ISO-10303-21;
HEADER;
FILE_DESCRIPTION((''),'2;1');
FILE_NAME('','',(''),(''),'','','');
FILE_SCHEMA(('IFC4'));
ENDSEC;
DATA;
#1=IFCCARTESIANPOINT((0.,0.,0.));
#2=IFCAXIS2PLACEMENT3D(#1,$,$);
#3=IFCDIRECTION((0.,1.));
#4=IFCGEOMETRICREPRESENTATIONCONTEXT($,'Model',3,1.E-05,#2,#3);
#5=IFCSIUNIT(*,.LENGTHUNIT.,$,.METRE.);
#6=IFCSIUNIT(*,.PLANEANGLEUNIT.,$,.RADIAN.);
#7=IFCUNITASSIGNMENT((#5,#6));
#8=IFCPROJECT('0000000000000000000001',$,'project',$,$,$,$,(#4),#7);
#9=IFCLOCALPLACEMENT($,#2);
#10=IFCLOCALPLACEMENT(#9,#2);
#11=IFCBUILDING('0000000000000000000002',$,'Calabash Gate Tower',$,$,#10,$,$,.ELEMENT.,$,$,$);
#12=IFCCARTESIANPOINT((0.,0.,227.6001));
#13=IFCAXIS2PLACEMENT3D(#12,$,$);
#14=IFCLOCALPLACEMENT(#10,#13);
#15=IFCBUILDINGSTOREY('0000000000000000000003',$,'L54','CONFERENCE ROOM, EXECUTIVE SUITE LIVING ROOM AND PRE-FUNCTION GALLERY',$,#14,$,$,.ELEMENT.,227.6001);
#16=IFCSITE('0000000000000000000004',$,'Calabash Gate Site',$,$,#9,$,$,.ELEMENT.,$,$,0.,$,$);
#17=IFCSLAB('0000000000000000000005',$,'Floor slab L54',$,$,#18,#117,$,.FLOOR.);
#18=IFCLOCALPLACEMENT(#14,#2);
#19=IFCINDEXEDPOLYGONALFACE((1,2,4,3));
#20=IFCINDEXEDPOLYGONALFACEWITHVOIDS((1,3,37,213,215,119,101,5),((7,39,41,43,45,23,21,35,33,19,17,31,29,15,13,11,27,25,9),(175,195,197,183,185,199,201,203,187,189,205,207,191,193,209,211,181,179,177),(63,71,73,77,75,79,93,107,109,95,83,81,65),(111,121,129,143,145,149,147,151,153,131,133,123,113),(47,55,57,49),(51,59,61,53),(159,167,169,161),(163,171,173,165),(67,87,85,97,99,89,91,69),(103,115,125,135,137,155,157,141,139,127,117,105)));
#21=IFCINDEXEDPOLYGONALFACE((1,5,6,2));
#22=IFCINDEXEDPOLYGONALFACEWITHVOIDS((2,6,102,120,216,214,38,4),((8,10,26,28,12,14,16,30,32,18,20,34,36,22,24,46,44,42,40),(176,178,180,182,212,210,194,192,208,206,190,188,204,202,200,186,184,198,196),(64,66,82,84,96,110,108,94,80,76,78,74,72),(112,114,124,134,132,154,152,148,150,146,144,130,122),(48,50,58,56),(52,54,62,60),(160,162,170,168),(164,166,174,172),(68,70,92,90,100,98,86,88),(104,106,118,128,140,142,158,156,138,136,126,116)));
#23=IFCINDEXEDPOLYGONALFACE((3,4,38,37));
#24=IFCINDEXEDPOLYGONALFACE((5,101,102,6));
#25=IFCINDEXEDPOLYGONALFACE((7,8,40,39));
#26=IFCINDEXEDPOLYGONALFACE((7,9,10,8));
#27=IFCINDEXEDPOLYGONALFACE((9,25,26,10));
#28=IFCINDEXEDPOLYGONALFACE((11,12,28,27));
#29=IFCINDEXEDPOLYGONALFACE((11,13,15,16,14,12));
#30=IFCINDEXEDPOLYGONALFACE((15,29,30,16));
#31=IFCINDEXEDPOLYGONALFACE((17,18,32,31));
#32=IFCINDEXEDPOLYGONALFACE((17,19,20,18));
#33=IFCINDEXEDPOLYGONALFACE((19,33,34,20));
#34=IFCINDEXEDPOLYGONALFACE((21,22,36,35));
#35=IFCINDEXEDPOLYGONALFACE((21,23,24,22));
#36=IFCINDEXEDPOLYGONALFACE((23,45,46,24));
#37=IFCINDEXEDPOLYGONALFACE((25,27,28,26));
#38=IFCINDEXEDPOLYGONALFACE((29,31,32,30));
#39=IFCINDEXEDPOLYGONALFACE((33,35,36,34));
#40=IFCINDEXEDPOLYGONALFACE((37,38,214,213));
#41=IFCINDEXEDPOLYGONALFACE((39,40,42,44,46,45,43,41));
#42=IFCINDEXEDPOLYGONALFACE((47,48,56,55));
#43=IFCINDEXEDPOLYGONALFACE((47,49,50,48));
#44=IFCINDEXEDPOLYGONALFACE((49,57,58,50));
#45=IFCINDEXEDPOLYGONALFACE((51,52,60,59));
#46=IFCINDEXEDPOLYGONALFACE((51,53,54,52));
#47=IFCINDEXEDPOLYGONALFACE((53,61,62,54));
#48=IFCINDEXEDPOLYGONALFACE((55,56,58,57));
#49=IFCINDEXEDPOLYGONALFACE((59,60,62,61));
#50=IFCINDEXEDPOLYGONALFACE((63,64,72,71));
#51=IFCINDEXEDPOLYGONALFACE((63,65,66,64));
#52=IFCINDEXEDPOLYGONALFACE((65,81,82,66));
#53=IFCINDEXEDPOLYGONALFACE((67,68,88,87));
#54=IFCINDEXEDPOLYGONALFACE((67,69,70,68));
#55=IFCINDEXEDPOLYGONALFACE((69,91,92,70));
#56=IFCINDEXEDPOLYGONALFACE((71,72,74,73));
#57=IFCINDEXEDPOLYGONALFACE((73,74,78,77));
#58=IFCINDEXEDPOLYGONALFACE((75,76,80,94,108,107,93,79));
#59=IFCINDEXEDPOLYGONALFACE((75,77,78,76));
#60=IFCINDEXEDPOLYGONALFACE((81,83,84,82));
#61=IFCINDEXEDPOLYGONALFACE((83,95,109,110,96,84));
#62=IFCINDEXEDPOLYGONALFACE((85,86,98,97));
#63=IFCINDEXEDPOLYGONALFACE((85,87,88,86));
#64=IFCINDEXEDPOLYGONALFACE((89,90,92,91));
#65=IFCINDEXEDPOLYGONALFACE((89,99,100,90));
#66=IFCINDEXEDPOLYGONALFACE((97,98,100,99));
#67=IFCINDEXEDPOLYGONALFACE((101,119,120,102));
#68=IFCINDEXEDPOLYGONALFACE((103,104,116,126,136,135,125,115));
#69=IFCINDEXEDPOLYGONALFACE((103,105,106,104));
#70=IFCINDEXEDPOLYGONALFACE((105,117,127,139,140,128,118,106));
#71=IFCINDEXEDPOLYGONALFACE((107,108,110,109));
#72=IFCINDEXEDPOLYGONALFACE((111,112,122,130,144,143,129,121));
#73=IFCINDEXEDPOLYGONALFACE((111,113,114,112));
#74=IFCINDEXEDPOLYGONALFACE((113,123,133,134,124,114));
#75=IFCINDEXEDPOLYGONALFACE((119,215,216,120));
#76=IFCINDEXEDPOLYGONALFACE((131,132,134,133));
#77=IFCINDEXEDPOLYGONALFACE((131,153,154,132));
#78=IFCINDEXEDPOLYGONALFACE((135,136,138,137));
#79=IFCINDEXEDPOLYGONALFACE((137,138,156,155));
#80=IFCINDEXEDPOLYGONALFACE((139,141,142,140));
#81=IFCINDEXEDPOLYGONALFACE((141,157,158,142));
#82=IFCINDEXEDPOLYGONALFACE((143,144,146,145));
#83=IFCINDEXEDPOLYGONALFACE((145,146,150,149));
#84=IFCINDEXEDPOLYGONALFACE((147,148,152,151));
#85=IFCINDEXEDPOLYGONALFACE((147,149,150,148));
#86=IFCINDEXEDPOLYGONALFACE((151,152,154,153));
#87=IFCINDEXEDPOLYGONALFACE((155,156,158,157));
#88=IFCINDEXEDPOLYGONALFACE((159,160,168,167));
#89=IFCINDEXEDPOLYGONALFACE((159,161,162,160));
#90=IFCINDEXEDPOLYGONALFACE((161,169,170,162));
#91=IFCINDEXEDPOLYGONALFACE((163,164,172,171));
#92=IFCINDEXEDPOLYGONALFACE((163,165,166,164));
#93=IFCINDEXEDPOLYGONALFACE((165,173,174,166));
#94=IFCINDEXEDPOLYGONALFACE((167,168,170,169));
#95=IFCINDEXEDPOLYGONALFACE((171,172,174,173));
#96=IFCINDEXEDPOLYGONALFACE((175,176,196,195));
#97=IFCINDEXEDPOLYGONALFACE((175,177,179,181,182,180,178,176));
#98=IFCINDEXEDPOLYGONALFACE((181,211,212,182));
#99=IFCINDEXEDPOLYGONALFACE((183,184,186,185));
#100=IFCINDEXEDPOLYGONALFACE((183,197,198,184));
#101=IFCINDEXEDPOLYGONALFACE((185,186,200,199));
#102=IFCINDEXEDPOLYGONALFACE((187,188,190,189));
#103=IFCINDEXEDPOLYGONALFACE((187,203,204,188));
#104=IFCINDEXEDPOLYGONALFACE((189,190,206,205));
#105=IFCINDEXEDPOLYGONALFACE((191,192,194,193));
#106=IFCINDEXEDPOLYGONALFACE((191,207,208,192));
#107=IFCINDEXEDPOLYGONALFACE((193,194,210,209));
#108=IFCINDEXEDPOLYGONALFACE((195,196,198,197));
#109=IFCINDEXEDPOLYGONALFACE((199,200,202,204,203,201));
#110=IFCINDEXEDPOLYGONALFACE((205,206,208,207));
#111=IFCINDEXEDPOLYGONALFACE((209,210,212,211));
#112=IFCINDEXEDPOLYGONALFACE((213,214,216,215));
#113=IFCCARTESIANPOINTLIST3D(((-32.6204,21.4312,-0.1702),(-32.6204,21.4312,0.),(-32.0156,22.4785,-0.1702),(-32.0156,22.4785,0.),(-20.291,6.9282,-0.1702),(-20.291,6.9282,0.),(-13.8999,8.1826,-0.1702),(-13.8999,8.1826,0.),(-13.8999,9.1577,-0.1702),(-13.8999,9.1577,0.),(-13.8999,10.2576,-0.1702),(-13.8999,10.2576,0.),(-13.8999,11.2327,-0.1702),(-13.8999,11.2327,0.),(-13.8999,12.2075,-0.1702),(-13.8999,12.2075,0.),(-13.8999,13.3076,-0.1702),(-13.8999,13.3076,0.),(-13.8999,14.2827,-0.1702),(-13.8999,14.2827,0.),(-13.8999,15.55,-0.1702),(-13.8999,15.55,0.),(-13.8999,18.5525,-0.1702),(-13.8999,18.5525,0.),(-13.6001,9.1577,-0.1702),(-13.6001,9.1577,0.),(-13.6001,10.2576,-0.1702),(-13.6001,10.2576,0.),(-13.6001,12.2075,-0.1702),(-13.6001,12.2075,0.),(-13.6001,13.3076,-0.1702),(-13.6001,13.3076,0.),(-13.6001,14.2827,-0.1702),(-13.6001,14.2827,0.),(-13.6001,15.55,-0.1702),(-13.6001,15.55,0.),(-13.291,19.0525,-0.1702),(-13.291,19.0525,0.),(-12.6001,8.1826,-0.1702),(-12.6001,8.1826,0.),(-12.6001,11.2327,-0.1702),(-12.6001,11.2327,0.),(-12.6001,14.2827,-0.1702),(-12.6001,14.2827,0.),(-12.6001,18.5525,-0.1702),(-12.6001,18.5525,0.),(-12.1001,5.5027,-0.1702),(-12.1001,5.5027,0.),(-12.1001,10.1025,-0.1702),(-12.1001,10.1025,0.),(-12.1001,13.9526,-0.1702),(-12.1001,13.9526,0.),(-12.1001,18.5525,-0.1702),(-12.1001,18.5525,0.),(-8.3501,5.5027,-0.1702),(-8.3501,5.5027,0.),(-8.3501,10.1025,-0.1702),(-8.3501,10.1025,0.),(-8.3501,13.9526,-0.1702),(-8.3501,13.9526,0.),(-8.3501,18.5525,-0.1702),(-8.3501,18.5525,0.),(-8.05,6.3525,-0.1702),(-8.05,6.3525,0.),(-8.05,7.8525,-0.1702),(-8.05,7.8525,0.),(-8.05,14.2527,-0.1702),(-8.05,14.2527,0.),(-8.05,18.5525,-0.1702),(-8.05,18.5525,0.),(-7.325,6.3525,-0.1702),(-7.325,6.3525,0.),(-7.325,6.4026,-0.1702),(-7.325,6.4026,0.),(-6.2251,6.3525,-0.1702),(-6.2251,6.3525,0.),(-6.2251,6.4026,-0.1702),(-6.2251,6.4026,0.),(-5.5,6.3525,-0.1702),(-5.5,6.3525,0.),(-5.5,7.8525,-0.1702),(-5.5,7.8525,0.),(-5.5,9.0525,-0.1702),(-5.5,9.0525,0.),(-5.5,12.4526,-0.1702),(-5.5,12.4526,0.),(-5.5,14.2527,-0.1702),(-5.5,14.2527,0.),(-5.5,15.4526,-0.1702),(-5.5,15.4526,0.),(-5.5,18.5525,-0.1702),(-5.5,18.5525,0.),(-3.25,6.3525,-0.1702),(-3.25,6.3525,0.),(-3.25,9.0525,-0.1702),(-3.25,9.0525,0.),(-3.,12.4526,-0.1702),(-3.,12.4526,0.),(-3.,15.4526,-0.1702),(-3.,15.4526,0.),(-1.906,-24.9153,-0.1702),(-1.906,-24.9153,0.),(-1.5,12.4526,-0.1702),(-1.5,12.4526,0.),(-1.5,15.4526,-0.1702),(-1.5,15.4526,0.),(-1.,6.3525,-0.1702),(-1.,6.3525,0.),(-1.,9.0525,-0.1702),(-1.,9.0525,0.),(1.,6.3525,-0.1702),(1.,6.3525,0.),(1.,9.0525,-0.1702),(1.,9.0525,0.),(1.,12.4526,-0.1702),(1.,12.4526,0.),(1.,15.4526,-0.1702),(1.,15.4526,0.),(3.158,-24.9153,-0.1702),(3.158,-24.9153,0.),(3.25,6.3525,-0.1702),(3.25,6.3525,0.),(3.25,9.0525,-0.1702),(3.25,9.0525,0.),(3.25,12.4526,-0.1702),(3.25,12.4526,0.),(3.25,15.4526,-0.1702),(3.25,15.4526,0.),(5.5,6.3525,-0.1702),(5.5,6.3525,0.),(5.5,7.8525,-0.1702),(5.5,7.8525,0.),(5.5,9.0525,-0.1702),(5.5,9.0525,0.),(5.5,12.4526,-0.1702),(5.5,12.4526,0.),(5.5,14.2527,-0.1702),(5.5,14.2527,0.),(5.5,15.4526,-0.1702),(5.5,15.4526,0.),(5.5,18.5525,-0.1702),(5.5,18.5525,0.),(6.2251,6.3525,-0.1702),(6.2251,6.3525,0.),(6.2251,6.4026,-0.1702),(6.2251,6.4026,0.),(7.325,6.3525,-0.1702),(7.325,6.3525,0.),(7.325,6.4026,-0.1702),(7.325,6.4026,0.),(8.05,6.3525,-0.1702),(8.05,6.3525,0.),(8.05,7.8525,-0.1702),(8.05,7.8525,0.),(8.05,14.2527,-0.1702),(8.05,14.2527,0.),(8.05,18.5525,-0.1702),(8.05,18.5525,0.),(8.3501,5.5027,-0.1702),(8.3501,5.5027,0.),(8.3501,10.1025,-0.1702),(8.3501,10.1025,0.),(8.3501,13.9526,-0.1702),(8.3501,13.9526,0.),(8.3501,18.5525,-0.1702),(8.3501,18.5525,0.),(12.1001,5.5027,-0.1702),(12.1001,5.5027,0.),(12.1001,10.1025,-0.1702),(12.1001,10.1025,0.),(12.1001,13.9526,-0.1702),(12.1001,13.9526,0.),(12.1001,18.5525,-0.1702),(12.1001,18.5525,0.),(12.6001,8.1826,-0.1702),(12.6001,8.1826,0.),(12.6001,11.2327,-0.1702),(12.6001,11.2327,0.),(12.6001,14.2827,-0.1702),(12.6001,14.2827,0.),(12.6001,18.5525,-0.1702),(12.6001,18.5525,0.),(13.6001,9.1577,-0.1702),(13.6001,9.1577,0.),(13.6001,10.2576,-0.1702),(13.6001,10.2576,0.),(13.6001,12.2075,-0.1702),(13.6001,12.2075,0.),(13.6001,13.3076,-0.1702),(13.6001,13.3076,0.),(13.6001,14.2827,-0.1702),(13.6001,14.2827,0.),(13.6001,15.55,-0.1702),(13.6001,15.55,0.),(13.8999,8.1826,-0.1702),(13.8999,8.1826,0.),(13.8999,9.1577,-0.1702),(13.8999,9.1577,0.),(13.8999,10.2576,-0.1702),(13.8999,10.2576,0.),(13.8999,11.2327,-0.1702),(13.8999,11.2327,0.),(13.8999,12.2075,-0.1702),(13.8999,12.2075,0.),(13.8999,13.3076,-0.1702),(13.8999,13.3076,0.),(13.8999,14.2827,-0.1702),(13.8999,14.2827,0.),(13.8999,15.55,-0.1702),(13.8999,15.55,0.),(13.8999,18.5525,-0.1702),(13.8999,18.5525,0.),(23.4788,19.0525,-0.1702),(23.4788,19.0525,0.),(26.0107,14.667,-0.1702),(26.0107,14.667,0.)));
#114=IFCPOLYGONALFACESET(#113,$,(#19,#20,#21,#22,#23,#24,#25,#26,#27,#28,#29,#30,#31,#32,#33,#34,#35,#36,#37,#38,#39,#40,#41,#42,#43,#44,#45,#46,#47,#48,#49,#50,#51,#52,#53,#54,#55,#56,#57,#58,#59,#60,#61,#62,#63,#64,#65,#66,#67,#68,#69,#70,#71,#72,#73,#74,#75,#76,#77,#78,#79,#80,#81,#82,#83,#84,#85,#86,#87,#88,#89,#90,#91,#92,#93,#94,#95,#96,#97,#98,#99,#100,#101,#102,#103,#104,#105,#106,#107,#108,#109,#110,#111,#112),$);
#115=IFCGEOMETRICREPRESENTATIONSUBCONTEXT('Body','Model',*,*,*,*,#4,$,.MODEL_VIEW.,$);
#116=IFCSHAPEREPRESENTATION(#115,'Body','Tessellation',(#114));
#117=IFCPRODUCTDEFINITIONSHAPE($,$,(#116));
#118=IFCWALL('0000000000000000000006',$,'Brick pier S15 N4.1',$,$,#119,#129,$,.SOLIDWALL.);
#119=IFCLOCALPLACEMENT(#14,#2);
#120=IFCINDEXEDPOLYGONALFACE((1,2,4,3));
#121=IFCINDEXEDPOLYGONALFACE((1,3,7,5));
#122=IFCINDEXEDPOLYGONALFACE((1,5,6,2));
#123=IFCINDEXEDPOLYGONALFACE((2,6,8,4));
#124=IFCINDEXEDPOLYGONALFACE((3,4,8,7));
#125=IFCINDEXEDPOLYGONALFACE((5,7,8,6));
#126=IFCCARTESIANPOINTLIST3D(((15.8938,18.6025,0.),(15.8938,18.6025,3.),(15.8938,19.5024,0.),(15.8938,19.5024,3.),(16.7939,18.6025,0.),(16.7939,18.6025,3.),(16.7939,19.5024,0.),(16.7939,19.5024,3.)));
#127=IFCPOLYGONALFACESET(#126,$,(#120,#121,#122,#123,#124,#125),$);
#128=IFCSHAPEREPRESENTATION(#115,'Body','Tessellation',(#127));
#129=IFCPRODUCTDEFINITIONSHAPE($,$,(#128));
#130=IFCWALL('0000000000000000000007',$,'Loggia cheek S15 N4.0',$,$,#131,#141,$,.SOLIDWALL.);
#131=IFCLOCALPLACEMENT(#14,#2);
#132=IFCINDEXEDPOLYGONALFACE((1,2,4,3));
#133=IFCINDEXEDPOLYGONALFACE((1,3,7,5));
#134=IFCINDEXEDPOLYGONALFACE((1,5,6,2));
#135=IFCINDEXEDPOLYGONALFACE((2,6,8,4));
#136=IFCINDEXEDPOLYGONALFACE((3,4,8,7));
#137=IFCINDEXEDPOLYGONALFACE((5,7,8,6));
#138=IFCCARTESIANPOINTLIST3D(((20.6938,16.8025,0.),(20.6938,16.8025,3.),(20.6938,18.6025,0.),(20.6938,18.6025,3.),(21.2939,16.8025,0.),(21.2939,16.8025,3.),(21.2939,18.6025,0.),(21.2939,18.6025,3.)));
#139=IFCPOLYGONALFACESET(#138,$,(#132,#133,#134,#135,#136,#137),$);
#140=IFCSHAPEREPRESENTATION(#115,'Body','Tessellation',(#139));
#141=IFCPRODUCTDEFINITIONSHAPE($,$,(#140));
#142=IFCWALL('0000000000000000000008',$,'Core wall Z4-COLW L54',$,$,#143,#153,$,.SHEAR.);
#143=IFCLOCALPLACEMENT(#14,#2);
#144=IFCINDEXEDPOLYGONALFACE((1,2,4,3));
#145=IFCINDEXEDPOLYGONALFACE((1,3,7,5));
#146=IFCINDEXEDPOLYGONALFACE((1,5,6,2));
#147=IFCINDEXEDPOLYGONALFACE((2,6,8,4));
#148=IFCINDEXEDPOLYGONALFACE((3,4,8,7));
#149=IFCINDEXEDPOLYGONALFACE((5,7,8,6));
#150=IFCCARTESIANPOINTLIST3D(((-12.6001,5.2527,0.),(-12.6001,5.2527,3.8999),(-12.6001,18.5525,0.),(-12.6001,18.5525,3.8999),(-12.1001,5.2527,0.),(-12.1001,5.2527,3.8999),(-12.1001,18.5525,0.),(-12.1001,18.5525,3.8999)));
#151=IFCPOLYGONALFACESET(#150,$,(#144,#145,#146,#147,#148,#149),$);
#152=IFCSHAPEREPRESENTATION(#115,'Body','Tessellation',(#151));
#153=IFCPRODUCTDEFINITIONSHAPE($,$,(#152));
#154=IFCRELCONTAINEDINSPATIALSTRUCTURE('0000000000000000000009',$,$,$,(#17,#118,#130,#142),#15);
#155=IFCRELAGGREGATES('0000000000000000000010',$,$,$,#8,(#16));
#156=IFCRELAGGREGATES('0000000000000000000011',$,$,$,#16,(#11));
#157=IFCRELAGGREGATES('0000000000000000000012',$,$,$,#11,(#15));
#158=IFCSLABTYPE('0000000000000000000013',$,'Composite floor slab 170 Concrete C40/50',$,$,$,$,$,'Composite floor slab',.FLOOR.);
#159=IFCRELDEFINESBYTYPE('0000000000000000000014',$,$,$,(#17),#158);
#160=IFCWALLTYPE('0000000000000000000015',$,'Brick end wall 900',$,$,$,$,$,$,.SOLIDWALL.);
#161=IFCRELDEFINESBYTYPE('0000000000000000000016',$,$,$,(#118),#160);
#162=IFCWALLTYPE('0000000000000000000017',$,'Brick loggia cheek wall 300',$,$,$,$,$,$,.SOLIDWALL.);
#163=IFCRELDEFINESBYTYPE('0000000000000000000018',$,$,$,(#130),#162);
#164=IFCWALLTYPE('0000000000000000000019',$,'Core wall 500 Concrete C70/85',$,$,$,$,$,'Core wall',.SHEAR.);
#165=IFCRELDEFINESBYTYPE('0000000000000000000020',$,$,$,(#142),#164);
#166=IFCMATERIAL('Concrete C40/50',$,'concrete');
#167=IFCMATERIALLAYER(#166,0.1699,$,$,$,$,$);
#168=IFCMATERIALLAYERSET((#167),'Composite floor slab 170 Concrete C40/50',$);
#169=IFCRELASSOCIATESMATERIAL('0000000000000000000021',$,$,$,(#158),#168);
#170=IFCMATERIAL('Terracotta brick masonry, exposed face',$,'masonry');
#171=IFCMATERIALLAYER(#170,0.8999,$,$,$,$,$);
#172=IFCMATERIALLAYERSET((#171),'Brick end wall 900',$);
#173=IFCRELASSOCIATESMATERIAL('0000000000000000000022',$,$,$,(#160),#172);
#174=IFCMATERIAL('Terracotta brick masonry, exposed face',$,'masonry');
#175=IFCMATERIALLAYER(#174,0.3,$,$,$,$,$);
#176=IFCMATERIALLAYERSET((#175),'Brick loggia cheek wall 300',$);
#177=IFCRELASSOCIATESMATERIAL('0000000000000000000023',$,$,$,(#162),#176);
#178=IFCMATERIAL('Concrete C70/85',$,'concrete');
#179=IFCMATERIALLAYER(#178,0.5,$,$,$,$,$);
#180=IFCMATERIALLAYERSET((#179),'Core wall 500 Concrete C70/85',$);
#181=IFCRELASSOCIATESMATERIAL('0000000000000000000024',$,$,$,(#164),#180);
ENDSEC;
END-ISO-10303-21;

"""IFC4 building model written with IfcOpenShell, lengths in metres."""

from ifc_helpers import new_model, si_unit, direction, frame, frame_2d, origin, place, context, subcontext, project, spatial, polyline, rectangle, outline, extrude, material, layer, layer_set, type_object, element, save


model = new_model("IFC4")

# Units and contexts
model_context = context("Model", 3, precision=1e-05, world=origin(), true_north=direction((0.0, 1.0)))
body_context = subcontext(model_context, "Body", "Model", "MODEL_VIEW")
ifc_project = project(units=[si_unit("LENGTHUNIT", "METRE"), si_unit("PLANEANGLEUNIT", "RADIAN")], contexts=[model_context])

# Site, building, storey
site_placement = place(None, origin())
site = spatial("IfcSite", under=ifc_project, at=site_placement, Name="Calabash Gate Site", CompositionType="ELEMENT", RefElevation=0.0)
building_placement = place(site_placement, origin())
building = spatial("IfcBuilding", under=site, at=building_placement, Name="Calabash Gate Tower", CompositionType="ELEMENT")
storey_placement = place(building_placement, frame((0.0, 0.0, 227.6001)))
storey = spatial("IfcBuildingStorey", under=building, at=storey_placement, Name="L54", Description="CONFERENCE ROOM, EXECUTIVE SUITE LIVING ROOM AND PRE-FUNCTION GALLERY", CompositionType="ELEMENT", Elevation=227.6001)

# Slab
ifc_material_1 = material(Name="Concrete C40/50", Category="concrete")
ifc_layer_1 = layer(ifc_material_1, 0.1699)
ifc_layer_set_1 = layer_set([ifc_layer_1], Name="Composite floor slab 170 Concrete C40/50")
slab_type = type_object("IfcSlabType", Name="Composite floor slab 170 Concrete C40/50", ElementType="Composite floor slab", PredefinedType="FLOOR", material=ifc_layer_set_1)
slab_placement = place(storey_placement, frame((0.0, 0.0, -0.1702)))
element("IfcSlab", 1, at=slab_placement, inside=storey, type_object=slab_type, Name="Floor slab L54", PredefinedType="FLOOR", context=body_context, shape_type="SweptSolid", body=[
    extrude(outline(polyline([(3.158, -24.9153), (-1.906, -24.9153), (-20.291, 6.9282), (-32.6204, 21.4312), (-32.0156, 22.4785), (-13.291, 19.0525), (23.4788, 19.0525), (26.0107, 14.667), (3.158, -24.9153)]), holes=[polyline([(-7.325, 6.3525), (-7.325, 6.4026), (-6.2251, 6.4026), (-6.2251, 6.3525), (-5.5, 6.3525), (-3.25, 6.3525), (-1.0, 6.3525), (-1.0, 9.0525), (-3.25, 9.0525), (-5.5, 9.0525), (-5.5, 7.8525), (-8.05, 7.8525), (-8.05, 6.3525), (-7.325, 6.3525)]), polyline([(8.05, 6.3525), (8.05, 7.8525), (5.5, 7.8525), (5.5, 9.0525), (3.25, 9.0525), (1.0, 9.0525), (1.0, 6.3525), (3.25, 6.3525), (5.5, 6.3525), (6.2251, 6.3525), (6.2251, 6.4026), (7.325, 6.4026), (7.325, 6.3525), (8.05, 6.3525)]), polyline([(-8.05, 18.5525), (-8.05, 14.2527), (-5.5, 14.2527), (-5.5, 12.4526), (-3.0, 12.4526), (-3.0, 15.4526), (-5.5, 15.4526), (-5.5, 18.5525), (-8.05, 18.5525)]), polyline([(5.5, 14.2527), (8.05, 14.2527), (8.05, 18.5525), (5.5, 18.5525), (5.5, 15.4526), (3.25, 15.4526), (1.0, 15.4526), (-1.5, 15.4526), (-1.5, 12.4526), (1.0, 12.4526), (3.25, 12.4526), (5.5, 12.4526), (5.5, 14.2527)]), polyline([(-12.1001, 13.9526), (-8.3501, 13.9526), (-8.3501, 18.5525), (-12.1001, 18.5525), (-12.1001, 13.9526)]), polyline([(-8.3501, 5.5027), (-8.3501, 10.1025), (-12.1001, 10.1025), (-12.1001, 5.5027), (-8.3501, 5.5027)]), polyline([(12.1001, 18.5525), (8.3501, 18.5525), (8.3501, 13.9526), (12.1001, 13.9526), (12.1001, 18.5525)]), polyline([(8.3501, 10.1025), (8.3501, 5.5027), (12.1001, 5.5027), (12.1001, 10.1025), (8.3501, 10.1025)]), polyline([(-13.8999, 8.1826), (-12.6001, 8.1826), (-12.6001, 11.2327), (-12.6001, 14.2827), (-12.6001, 18.5525), (-13.8999, 18.5525), (-13.8999, 15.55), (-13.6001, 15.55), (-13.6001, 14.2827), (-13.8999, 14.2827), (-13.8999, 13.3076), (-13.6001, 13.3076), (-13.6001, 12.2075), (-13.8999, 12.2075), (-13.8999, 11.2327), (-13.8999, 10.2576), (-13.6001, 10.2576), (-13.6001, 9.1577), (-13.8999, 9.1577), (-13.8999, 8.1826)]), polyline([(13.6001, 9.1577), (13.6001, 10.2576), (13.8999, 10.2576), (13.8999, 11.2327), (13.8999, 12.2075), (13.6001, 12.2075), (13.6001, 13.3076), (13.8999, 13.3076), (13.8999, 14.2827), (13.6001, 14.2827), (13.6001, 15.55), (13.8999, 15.55), (13.8999, 18.5525), (12.6001, 18.5525), (12.6001, 14.2827), (12.6001, 11.2327), (12.6001, 8.1826), (13.8999, 8.1826), (13.8999, 9.1577), (13.6001, 9.1577)])]), origin(), (0.0, 0.0, 1.0), 0.1702),
])

# Walls
ifc_material_2 = material(Name="Terracotta brick masonry, exposed face", Category="masonry")
ifc_layer_2 = layer(ifc_material_2, 0.8999)
ifc_layer_set_2 = layer_set([ifc_layer_2], Name="Brick end wall 900")
wall_type_1 = type_object("IfcWallType", Name="Brick end wall 900", PredefinedType="SOLIDWALL", material=ifc_layer_set_2)
wall_1_placement = place(storey_placement, origin())
element("IfcWall", 2, at=wall_1_placement, inside=storey, type_object=wall_type_1, Name="Brick pier S15 N4.1", PredefinedType="SOLIDWALL", context=body_context, shape_type="SweptSolid", body=[
    extrude(outline(polyline([(16.7939, 19.5024), (15.8938, 19.5024), (15.8938, 18.6025), (16.7939, 18.6025), (16.7939, 19.5024)])), origin(), (0.0, 0.0, 1.0), 3.0),
])
ifc_material_3 = material(Name="Terracotta brick masonry, exposed face", Category="masonry")
ifc_layer_3 = layer(ifc_material_3, 0.3)
ifc_layer_set_3 = layer_set([ifc_layer_3], Name="Brick loggia cheek wall 300")
wall_type_2 = type_object("IfcWallType", Name="Brick loggia cheek wall 300", PredefinedType="SOLIDWALL", material=ifc_layer_set_3)
wall_2_placement = place(storey_placement, origin())
element("IfcWall", 3, at=wall_2_placement, inside=storey, type_object=wall_type_2, Name="Loggia cheek S15 N4.0", PredefinedType="SOLIDWALL", context=body_context, shape_type="SweptSolid", body=[
    extrude(outline(polyline([(21.2939, 16.8025), (21.2939, 18.6025), (20.6938, 18.6025), (20.6938, 16.8025), (21.2939, 16.8025)])), origin(), (0.0, 0.0, 1.0), 3.0),
])
ifc_material_4 = material(Name="Concrete C70/85", Category="concrete")
ifc_layer_4 = layer(ifc_material_4, 0.5)
ifc_layer_set_4 = layer_set([ifc_layer_4], Name="Core wall 500 Concrete C70/85")
wall_type_3 = type_object("IfcWallType", Name="Core wall 500 Concrete C70/85", ElementType="Core wall", PredefinedType="SHEAR", material=ifc_layer_set_4)
wall_3_placement = place(storey_placement, frame((-12.3501, 5.2527, 0.0), z_axis=(0.0, 0.0, 1.0), x_axis=(0.0, 1.0, 0.0)))
element("IfcWall", 4, at=wall_3_placement, inside=storey, type_object=wall_type_3, Name="Core wall Z4-COLW L54", PredefinedType="SHEAR", context=body_context, shape_type="SweptSolid", body=[
    extrude(rectangle(XDim=13.2998, YDim=0.5, at=frame_2d((6.6499, 0.0))), origin(), (0.0, 0.0, 1.0), 3.8999),
])

save(model, "model.ifc")
